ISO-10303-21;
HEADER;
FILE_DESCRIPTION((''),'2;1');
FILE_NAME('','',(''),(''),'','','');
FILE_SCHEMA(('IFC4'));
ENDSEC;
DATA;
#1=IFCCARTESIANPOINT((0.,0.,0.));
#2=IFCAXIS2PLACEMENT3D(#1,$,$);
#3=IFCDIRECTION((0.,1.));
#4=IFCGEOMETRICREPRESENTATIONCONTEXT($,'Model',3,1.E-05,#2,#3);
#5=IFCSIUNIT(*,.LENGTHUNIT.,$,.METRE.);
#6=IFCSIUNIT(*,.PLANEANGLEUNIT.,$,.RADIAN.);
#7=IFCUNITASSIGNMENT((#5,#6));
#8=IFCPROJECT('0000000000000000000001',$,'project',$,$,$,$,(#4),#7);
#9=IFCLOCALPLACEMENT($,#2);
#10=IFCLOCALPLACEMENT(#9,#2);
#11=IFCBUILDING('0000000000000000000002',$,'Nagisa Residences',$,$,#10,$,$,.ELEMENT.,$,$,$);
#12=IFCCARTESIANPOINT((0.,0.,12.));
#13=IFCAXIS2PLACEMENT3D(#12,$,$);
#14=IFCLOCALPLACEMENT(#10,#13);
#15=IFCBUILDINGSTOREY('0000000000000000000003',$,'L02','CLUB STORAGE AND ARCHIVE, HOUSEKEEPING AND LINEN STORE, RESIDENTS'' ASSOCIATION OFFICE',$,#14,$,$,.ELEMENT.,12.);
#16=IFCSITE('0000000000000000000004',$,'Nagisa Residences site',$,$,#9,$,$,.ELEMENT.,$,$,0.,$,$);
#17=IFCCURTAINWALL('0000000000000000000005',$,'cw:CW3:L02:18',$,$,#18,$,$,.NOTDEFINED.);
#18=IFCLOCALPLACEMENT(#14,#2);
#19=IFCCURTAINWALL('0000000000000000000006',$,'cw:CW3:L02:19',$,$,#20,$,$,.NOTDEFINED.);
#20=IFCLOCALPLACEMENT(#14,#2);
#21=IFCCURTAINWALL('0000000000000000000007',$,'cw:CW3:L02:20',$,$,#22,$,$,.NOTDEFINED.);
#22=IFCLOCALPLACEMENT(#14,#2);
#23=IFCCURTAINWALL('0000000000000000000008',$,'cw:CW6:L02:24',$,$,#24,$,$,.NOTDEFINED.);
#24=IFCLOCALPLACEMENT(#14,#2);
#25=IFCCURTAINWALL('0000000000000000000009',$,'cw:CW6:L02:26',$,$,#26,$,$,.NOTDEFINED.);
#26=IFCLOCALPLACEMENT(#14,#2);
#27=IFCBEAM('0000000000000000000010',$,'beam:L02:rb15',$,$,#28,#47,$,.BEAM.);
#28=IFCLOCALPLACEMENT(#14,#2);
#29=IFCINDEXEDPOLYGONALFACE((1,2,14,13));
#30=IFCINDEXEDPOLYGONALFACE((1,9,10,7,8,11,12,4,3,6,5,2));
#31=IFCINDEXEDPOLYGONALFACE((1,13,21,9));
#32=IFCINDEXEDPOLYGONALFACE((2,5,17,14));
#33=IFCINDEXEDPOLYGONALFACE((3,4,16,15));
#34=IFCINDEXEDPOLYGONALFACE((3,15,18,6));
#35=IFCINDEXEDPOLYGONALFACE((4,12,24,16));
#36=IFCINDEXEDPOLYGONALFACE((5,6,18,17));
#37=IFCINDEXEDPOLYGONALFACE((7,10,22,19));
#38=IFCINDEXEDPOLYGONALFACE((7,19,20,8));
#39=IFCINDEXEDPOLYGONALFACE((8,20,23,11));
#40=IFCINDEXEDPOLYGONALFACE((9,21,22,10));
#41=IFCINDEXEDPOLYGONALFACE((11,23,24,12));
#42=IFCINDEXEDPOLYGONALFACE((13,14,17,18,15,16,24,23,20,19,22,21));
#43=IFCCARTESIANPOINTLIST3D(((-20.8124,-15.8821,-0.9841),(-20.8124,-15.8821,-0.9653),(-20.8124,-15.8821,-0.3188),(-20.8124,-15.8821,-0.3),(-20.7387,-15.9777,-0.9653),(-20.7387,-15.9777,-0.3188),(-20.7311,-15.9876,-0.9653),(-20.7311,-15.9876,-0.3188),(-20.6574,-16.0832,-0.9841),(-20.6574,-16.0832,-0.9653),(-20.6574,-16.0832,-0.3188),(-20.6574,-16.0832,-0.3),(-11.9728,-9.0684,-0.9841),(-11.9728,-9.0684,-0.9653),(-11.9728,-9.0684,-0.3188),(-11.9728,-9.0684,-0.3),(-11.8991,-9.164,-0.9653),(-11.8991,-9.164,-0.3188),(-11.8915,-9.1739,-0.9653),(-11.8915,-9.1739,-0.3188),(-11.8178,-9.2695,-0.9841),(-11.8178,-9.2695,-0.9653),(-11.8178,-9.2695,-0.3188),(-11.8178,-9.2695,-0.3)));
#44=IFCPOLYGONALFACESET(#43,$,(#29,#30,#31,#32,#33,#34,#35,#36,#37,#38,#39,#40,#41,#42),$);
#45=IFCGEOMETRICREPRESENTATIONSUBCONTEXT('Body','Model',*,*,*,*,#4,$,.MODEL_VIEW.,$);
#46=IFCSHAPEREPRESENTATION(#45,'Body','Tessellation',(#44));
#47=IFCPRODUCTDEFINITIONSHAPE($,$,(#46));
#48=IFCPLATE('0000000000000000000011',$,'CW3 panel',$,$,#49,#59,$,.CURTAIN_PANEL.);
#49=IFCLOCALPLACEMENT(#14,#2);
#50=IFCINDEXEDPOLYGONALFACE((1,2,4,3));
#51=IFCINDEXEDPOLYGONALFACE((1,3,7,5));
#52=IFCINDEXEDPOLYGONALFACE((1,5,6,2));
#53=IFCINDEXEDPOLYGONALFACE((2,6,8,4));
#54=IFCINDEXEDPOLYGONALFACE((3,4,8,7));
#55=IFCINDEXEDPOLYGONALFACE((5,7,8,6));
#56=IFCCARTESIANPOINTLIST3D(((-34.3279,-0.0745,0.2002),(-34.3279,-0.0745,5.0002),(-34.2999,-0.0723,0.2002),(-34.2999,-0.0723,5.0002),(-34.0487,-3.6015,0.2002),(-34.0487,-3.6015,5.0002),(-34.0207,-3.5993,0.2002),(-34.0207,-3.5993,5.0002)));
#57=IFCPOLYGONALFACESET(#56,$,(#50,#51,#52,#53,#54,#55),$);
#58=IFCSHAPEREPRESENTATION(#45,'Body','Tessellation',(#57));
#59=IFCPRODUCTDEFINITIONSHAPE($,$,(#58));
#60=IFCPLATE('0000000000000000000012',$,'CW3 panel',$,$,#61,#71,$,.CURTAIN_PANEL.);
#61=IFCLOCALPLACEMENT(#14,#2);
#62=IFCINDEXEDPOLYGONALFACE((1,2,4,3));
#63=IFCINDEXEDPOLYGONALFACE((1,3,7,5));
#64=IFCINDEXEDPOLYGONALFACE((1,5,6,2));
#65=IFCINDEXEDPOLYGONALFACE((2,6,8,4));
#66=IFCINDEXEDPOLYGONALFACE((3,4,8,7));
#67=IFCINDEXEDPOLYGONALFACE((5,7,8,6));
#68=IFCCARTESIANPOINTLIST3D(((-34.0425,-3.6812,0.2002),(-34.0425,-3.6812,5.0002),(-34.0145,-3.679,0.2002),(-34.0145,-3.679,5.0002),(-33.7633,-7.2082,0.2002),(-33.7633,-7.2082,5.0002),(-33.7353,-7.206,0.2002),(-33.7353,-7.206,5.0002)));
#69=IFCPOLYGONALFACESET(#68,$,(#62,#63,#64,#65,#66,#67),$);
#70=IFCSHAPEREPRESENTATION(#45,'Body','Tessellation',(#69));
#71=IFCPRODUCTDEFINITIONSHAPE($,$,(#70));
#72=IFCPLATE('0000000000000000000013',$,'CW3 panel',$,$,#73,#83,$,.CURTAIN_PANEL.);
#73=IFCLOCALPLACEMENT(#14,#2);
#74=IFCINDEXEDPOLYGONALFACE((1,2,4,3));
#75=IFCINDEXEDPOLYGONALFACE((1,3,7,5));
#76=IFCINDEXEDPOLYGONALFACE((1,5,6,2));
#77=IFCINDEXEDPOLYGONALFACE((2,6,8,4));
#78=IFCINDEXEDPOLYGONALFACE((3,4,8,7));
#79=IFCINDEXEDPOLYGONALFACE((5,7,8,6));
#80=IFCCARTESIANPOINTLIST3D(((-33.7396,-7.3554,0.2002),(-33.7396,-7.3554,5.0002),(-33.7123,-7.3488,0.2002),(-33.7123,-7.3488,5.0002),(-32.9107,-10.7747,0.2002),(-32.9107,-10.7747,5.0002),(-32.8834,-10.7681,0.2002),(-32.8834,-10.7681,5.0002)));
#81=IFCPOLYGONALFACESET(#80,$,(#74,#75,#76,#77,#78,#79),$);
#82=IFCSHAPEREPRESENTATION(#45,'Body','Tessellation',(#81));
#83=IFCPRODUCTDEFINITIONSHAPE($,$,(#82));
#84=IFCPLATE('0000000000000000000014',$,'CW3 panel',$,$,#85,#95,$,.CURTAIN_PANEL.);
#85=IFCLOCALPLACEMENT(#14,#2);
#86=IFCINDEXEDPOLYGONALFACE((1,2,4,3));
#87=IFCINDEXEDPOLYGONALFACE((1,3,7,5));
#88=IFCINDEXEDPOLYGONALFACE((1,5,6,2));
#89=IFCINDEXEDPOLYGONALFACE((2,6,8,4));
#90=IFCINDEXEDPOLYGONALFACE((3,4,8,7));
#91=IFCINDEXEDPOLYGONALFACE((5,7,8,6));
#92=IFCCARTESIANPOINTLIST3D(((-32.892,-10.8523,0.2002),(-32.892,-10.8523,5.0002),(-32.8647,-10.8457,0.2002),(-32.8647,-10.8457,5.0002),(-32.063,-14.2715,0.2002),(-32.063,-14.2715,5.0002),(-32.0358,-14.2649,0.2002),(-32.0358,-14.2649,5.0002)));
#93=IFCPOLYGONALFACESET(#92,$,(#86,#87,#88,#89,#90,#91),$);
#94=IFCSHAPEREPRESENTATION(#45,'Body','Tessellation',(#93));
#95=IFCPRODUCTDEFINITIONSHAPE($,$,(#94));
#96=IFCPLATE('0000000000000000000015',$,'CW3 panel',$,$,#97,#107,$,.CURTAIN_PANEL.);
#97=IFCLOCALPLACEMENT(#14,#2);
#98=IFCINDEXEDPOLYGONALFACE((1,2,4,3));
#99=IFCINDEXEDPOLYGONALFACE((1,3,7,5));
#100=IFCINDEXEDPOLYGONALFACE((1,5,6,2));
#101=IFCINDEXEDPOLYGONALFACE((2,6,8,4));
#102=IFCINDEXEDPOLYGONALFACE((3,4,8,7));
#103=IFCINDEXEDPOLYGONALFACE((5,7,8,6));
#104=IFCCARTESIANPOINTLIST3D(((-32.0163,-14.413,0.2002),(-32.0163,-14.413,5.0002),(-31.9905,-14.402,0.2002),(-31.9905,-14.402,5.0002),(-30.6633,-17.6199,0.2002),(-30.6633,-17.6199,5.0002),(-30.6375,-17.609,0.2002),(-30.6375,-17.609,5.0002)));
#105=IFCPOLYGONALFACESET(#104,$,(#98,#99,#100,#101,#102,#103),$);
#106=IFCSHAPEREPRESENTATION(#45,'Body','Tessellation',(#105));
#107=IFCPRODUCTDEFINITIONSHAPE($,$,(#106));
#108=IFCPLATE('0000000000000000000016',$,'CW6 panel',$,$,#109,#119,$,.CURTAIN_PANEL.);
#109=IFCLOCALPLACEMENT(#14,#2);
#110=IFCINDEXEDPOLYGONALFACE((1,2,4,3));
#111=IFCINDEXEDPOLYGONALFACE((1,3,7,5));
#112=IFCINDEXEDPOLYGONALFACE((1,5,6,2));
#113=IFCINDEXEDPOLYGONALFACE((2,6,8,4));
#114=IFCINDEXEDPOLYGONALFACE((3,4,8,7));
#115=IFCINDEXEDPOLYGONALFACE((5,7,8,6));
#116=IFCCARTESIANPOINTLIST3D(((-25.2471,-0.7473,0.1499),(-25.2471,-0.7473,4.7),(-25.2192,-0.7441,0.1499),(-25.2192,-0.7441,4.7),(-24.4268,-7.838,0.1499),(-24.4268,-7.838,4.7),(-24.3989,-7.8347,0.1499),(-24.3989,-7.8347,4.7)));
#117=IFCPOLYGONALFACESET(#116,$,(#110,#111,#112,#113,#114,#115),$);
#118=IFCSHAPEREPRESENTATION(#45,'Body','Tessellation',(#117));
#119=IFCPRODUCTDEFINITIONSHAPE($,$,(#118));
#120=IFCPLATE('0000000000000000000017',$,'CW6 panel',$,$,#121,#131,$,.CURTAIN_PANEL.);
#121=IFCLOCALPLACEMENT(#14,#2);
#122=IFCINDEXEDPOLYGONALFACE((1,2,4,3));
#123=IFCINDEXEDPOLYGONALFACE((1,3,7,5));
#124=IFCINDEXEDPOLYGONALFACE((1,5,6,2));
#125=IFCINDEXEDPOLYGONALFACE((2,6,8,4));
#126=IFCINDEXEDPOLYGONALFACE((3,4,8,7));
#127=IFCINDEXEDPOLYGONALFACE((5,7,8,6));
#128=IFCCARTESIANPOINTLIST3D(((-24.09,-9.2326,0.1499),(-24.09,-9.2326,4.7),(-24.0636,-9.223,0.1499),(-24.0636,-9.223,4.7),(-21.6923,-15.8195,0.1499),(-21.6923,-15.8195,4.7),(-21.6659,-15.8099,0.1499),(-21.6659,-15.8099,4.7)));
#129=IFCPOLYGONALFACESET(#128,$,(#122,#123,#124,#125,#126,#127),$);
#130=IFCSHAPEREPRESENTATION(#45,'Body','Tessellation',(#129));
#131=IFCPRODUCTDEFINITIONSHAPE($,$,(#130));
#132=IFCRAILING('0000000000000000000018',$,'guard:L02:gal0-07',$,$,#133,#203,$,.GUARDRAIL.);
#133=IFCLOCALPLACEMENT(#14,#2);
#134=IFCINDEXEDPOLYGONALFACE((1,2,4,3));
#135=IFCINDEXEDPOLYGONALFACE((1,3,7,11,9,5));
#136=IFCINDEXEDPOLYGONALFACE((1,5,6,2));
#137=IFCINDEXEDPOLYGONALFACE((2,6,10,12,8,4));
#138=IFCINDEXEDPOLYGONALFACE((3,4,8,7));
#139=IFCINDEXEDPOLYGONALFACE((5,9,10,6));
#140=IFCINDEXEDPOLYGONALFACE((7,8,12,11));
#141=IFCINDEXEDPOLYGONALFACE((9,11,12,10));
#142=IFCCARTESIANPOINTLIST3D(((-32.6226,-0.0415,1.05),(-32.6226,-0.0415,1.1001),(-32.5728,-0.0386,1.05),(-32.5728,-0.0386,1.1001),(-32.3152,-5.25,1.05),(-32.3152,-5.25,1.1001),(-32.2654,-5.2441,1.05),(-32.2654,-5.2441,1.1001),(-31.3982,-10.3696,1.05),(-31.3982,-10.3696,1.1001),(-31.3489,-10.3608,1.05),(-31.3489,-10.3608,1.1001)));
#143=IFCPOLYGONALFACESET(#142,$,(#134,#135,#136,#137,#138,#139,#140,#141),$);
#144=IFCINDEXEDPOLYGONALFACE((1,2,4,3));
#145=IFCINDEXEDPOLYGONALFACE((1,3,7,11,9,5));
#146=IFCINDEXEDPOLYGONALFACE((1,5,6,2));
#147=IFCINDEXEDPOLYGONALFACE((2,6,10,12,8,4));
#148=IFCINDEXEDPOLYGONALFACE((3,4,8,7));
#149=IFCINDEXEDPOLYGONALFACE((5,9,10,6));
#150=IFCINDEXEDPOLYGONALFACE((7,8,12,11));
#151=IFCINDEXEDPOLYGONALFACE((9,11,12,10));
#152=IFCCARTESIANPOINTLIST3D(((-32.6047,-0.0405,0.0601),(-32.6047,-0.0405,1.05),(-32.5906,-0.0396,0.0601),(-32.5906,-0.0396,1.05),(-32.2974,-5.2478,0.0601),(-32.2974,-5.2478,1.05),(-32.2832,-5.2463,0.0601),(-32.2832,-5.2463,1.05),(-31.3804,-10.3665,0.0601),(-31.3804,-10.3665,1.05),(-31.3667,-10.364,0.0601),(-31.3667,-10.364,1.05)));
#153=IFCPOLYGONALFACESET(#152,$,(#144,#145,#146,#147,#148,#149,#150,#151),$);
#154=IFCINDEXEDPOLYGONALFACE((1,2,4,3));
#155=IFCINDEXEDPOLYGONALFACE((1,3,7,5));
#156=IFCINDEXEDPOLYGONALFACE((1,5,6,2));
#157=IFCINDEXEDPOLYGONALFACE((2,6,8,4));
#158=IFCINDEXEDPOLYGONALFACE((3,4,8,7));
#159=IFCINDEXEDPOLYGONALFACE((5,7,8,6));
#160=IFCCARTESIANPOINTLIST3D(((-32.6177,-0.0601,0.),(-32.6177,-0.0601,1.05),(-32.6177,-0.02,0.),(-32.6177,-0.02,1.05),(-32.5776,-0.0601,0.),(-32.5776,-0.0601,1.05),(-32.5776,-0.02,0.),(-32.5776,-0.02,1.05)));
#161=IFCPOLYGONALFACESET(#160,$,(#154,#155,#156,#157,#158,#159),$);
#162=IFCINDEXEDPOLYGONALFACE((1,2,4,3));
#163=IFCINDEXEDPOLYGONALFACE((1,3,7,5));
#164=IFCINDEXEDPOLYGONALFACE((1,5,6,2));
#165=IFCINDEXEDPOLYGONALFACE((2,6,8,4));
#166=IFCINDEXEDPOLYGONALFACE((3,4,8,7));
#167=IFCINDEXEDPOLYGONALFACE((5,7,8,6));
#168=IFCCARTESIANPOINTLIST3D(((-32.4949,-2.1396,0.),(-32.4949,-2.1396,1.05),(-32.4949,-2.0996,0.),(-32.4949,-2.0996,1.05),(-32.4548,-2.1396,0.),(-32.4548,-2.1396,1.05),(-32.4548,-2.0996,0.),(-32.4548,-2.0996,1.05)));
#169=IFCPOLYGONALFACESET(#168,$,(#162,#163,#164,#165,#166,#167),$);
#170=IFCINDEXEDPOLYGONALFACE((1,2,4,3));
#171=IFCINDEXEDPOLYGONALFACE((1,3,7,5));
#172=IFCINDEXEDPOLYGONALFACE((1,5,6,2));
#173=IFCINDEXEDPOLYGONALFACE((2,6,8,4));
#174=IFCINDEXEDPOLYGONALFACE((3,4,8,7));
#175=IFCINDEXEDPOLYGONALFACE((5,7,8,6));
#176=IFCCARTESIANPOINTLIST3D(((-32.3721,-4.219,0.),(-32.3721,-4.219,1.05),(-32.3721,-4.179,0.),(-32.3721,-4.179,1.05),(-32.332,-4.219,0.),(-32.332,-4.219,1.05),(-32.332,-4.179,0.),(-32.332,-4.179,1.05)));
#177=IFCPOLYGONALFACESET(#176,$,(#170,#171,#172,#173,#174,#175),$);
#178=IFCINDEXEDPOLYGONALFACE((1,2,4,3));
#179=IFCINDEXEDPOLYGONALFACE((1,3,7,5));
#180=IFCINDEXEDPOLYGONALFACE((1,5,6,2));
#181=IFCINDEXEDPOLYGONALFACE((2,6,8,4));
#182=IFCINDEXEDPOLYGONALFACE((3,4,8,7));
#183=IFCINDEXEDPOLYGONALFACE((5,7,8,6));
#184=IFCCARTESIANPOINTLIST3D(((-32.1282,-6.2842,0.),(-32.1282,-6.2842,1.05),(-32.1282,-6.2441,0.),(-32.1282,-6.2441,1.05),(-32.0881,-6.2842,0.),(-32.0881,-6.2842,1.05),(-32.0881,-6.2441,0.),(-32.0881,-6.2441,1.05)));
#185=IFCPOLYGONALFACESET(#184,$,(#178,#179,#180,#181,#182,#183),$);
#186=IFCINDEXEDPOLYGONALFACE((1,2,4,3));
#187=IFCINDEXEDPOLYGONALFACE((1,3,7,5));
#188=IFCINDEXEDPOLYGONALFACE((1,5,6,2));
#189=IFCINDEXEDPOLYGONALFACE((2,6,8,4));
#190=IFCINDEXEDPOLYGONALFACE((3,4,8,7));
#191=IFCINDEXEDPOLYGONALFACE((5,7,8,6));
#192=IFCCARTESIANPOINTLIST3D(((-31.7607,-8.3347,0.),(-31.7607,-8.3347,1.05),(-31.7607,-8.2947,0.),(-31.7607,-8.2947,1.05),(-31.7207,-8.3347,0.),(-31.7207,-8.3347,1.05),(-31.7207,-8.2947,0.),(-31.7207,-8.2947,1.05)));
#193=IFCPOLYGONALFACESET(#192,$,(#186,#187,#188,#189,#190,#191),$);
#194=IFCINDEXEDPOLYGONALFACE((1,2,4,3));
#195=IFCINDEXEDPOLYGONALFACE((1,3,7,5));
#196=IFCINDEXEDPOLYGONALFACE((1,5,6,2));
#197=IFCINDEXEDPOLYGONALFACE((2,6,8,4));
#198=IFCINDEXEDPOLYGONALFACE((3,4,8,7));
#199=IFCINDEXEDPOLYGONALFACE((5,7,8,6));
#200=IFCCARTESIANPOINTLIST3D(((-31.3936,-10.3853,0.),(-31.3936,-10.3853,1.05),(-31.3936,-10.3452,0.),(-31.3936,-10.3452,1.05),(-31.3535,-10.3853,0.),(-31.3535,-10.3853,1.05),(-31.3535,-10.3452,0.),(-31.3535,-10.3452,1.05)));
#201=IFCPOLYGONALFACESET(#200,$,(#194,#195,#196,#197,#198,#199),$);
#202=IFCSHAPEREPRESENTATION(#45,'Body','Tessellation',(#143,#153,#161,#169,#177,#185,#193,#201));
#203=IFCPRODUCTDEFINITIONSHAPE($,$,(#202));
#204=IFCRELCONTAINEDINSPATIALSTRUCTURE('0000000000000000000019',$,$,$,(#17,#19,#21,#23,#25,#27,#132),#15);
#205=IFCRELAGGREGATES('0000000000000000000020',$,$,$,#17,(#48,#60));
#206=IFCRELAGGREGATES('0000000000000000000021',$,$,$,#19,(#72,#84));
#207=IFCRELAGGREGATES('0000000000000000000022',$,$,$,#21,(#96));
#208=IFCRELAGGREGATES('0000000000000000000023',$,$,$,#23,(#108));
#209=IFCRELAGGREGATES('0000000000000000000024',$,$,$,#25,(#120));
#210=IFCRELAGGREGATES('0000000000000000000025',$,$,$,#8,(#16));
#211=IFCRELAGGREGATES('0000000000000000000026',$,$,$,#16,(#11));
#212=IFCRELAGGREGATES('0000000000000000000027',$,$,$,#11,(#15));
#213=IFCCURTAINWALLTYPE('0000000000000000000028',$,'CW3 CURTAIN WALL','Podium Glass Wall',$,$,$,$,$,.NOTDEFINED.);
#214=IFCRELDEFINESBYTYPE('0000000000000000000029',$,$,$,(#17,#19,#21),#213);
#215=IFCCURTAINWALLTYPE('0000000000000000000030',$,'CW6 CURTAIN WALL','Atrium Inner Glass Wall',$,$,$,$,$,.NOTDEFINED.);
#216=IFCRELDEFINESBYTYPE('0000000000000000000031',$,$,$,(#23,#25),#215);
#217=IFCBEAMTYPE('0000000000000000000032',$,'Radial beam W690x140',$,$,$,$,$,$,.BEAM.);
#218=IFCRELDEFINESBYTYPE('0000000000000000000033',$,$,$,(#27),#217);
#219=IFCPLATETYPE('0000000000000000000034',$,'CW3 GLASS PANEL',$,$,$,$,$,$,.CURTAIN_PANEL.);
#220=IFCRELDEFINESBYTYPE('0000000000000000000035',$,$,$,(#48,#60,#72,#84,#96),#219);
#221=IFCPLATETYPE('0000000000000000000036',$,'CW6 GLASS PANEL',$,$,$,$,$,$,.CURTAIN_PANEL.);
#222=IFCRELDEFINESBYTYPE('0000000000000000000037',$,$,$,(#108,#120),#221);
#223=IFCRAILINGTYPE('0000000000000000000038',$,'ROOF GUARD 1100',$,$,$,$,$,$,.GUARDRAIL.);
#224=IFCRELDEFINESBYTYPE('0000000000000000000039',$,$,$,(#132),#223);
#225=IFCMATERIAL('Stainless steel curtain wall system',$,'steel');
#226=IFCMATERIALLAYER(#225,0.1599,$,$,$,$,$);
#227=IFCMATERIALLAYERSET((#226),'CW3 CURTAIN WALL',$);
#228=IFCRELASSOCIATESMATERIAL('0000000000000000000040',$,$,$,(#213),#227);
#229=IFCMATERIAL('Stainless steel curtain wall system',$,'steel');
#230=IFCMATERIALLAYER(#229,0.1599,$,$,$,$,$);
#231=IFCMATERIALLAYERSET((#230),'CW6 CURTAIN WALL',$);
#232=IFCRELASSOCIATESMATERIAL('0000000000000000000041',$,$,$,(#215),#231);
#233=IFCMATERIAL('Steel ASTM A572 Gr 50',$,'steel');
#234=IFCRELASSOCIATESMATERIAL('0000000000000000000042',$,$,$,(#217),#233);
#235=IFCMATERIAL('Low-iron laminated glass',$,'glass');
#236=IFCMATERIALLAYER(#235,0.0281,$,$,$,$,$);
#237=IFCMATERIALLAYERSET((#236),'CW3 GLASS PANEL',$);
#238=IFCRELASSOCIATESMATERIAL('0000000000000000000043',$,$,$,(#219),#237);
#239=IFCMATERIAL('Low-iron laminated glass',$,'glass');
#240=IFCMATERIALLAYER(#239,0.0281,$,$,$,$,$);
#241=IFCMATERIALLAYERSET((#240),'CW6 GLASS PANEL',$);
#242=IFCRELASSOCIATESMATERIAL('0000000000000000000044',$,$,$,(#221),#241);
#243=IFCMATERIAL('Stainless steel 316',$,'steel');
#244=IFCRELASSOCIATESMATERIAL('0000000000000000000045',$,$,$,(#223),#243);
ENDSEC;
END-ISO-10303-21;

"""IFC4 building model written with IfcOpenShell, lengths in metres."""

from ifc_helpers import new_model, si_unit, direction, frame, origin, origin_2d, place, context, subcontext, project, spatial, polyline, rectangle, i_section, outline, extrude, material, layer, layer_set, material_profile, profile_set, type_object, element, aggregate, save


model = new_model("IFC4")

# Units and contexts
model_context = context("Model", 3, precision=1e-05, world=origin(), true_north=direction((0.0, 1.0)))
body_context = subcontext(model_context, "Body", "Model", "MODEL_VIEW")
ifc_project = project(units=[si_unit("LENGTHUNIT", "METRE"), si_unit("PLANEANGLEUNIT", "RADIAN")], contexts=[model_context])

# Site, building, storey
site_placement = place(None, origin())
site = spatial("IfcSite", under=ifc_project, at=site_placement, Name="Nagisa Residences site", CompositionType="ELEMENT", RefElevation=0.0)
building_placement = place(site_placement, origin())
building = spatial("IfcBuilding", under=site, at=building_placement, Name="Nagisa Residences", CompositionType="ELEMENT")
storey_placement = place(building_placement, frame((0.0, 0.0, 12.0)))
storey = spatial("IfcBuildingStorey", under=building, at=storey_placement, Name="L02", Description="CLUB STORAGE AND ARCHIVE, HOUSEKEEPING AND LINEN STORE, RESIDENTS' ASSOCIATION OFFICE", CompositionType="ELEMENT", Elevation=12.0)

# Curtain walls
ifc_material_1 = material(Name="Stainless steel curtain wall system", Category="steel")
ifc_layer_1 = layer(ifc_material_1, 0.1599)
ifc_layer_set_1 = layer_set([ifc_layer_1], Name="CW3 CURTAIN WALL")
curtain_wall_type_1 = type_object("IfcCurtainWallType", Name="CW3 CURTAIN WALL", Description="Podium Glass Wall", PredefinedType="NOTDEFINED", material=ifc_layer_set_1)
curtain_wall_1_placement = place(storey_placement, origin())
curtain_wall_1 = element("IfcCurtainWall", 1, at=curtain_wall_1_placement, inside=storey, type_object=curtain_wall_type_1, Name="cw:CW3:L02:18", PredefinedType="NOTDEFINED")
curtain_wall_2_placement = place(storey_placement, origin())
curtain_wall_2 = element("IfcCurtainWall", 2, at=curtain_wall_2_placement, inside=storey, type_object=curtain_wall_type_1, Name="cw:CW3:L02:19", PredefinedType="NOTDEFINED")

# Curtain wall
curtain_wall_3_placement = place(storey_placement, origin())
curtain_wall_3 = element("IfcCurtainWall", 3, at=curtain_wall_3_placement, inside=storey, type_object=curtain_wall_type_1, Name="cw:CW3:L02:20", PredefinedType="NOTDEFINED")

# Curtain walls
ifc_material_2 = material(Name="Stainless steel curtain wall system", Category="steel")
ifc_layer_2 = layer(ifc_material_2, 0.1599)
ifc_layer_set_2 = layer_set([ifc_layer_2], Name="CW6 CURTAIN WALL")
curtain_wall_type_2 = type_object("IfcCurtainWallType", Name="CW6 CURTAIN WALL", Description="Atrium Inner Glass Wall", PredefinedType="NOTDEFINED", material=ifc_layer_set_2)
curtain_wall_4_placement = place(storey_placement, origin())
curtain_wall_4 = element("IfcCurtainWall", 4, at=curtain_wall_4_placement, inside=storey, type_object=curtain_wall_type_2, Name="cw:CW6:L02:24", PredefinedType="NOTDEFINED")
curtain_wall_5_placement = place(storey_placement, origin())
curtain_wall_5 = element("IfcCurtainWall", 5, at=curtain_wall_5_placement, inside=storey, type_object=curtain_wall_type_2, Name="cw:CW6:L02:26", PredefinedType="NOTDEFINED")

# Beam
ifc_material_3 = material(Name="Steel ASTM A572 Gr 50", Category="steel")
ifc_material_profile_1 = material_profile(ifc_material_3, i_section(OverallWidth=0.2539, OverallDepth=0.6841, WebThickness=0.0125, FlangeThickness=0.0188, at=origin_2d()), Name="W690x140")
ifc_profile_set_1 = profile_set([ifc_material_profile_1], Name="Steel ASTM A572 Gr 50")
beam_type_1 = type_object("IfcBeamType", Name="Radial beam W690x140", PredefinedType="BEAM", material=ifc_profile_set_1)
beam_1_placement = place(storey_placement, frame((-20.7349, -15.9827, -0.6421), z_axis=(0.792016, 0.6105, 0.0), x_axis=(-0.6105, 0.792016, 0.0)))
element("IfcBeam", 6, at=beam_1_placement, inside=storey, type_object=beam_type_1, Name="beam:L02:rb15", PredefinedType="BEAM", context=body_context, shape_type="SweptSolid", body=[
    extrude(i_section(OverallWidth=0.2539, OverallDepth=0.6841, WebThickness=0.0125, FlangeThickness=0.0188, at=origin_2d()), origin(), (0.0, 0.0, 1.0), 11.1609),
])

# Plates
ifc_material_4 = material(Name="Low-iron laminated glass", Category="glass")
ifc_layer_3 = layer(ifc_material_4, 0.0281)
ifc_layer_set_3 = layer_set([ifc_layer_3], Name="CW3 GLASS PANEL")
plate_type_1 = type_object("IfcPlateType", Name="CW3 GLASS PANEL", PredefinedType="CURTAIN_PANEL", material=ifc_layer_set_3)
plate_1_placement = place(storey_placement, frame((-34.1743, -1.8369, 0.2002), z_axis=(0.0, 0.0, 1.0), x_axis=(0.07891, -0.996882, 0.0)))
plate_1 = element("IfcPlate", 7, at=plate_1_placement, type_object=plate_type_1, Name="CW3 panel", PredefinedType="CURTAIN_PANEL", context=body_context, shape_type="SweptSolid", body=[
    extrude(rectangle(XDim=3.5381, YDim=0.0281, at=origin_2d()), origin(), (0.0, 0.0, 1.0), 4.8),
])
plate_2_placement = place(storey_placement, frame((-33.8889, -5.4436, 0.2002), z_axis=(0.0, 0.0, 1.0), x_axis=(0.07891, -0.996882, 0.0)))
plate_2 = element("IfcPlate", 8, at=plate_2_placement, type_object=plate_type_1, Name="CW3 panel", PredefinedType="CURTAIN_PANEL", context=body_context, shape_type="SweptSolid", body=[
    extrude(rectangle(XDim=3.5381, YDim=0.0281, at=origin_2d()), origin(), (0.0, 0.0, 1.0), 4.8),
])
aggregate(curtain_wall_1, [plate_1, plate_2])
plate_3_placement = place(storey_placement, frame((-33.3115, -9.0618, 0.2002), z_axis=(0.0, 0.0, 1.0), x_axis=(0.235606, -0.971849, 0.0)))
plate_3 = element("IfcPlate", 9, at=plate_3_placement, type_object=plate_type_1, Name="CW3 panel", PredefinedType="CURTAIN_PANEL", context=body_context, shape_type="SweptSolid", body=[
    extrude(rectangle(XDim=3.5183, YDim=0.0281, at=origin_2d()), origin(), (0.0, 0.0, 1.0), 4.8),
])
plate_4_placement = place(storey_placement, frame((-32.4639, -12.5586, 0.2002), z_axis=(0.0, 0.0, 1.0), x_axis=(0.235606, -0.971849, 0.0)))
plate_4 = element("IfcPlate", 10, at=plate_4_placement, type_object=plate_type_1, Name="CW3 panel", PredefinedType="CURTAIN_PANEL", context=body_context, shape_type="SweptSolid", body=[
    extrude(rectangle(XDim=3.5183, YDim=0.0281, at=origin_2d()), origin(), (0.0, 0.0, 1.0), 4.8),
])
aggregate(curtain_wall_2, [plate_3, plate_4])
plate_5_placement = place(storey_placement, frame((-31.3269, -16.011, 0.2002), z_axis=(0.0, 0.0, 1.0), x_axis=(0.388718, -0.921357, 0.0)))
plate_5 = element("IfcPlate", 11, at=plate_5_placement, type_object=plate_type_1, Name="CW3 panel", PredefinedType="CURTAIN_PANEL", context=body_context, shape_type="SweptSolid", body=[
    extrude(rectangle(XDim=3.4807, YDim=0.0281, at=origin_2d()), origin(), (0.0, 0.0, 1.0), 4.8),
])
aggregate(curtain_wall_3, [plate_5])
ifc_material_5 = material(Name="Low-iron laminated glass", Category="glass")
ifc_layer_4 = layer(ifc_material_5, 0.0281)
ifc_layer_set_4 = layer_set([ifc_layer_4], Name="CW6 GLASS PANEL")
plate_type_2 = type_object("IfcPlateType", Name="CW6 GLASS PANEL", PredefinedType="CURTAIN_PANEL", material=ifc_layer_set_4)
plate_6_placement = place(storey_placement, frame((-24.823, -4.291, 0.1499), z_axis=(0.0, 0.0, 1.0), x_axis=(0.114928, -0.993374, 0.0)))
plate_6 = element("IfcPlate", 12, at=plate_6_placement, type_object=plate_type_2, Name="CW6 panel", PredefinedType="CURTAIN_PANEL", context=body_context, shape_type="SweptSolid", body=[
    extrude(rectangle(XDim=7.1379, YDim=0.0281, at=origin_2d()), origin(), (0.0, 0.0, 1.0), 4.55),
])
aggregate(curtain_wall_4, [plate_6])
plate_7_placement = place(storey_placement, frame((-22.8779, -12.5212, 0.1499), z_axis=(0.0, 0.0, 1.0), x_axis=(0.34205, -0.939682, 0.0)))
plate_7 = element("IfcPlate", 13, at=plate_7_placement, type_object=plate_type_2, Name="CW6 panel", PredefinedType="CURTAIN_PANEL", context=body_context, shape_type="SweptSolid", body=[
    extrude(rectangle(XDim=7.0098, YDim=0.0281, at=origin_2d()), origin(), (0.0, 0.0, 1.0), 4.55),
])
aggregate(curtain_wall_5, [plate_7])

# Railing
ifc_material_6 = material(Name="Stainless steel 316", Category="steel")
railing_type = type_object("IfcRailingType", Name="ROOF GUARD 1100", PredefinedType="GUARDRAIL", material=ifc_material_6)
railing_1_placement = place(storey_placement, frame((-32.5977, -0.04, 0.0)))
element("IfcRailing", 14, at=railing_1_placement, inside=storey, type_object=railing_type, Name="guard:L02:gal0-07", PredefinedType="GUARDRAIL", context=body_context, shape_type="SweptSolid", body=[
    extrude(outline(polyline([(0.3323, -5.2041), (0.0249, 0.0015), (-0.0249, -0.0015), (0.2825, -5.21), (1.1995, -10.3296), (1.2488, -10.3208), (0.3323, -5.2041)])), frame((0.0, 0.0, 1.05)), (0.0, 0.0, 1.0), 0.05),
    extrude(outline(polyline([(0.3145, -5.2063), (0.0071, 0.0005), (-0.0071, -0.0005), (0.3003, -5.2078), (1.2173, -10.3264), (1.231, -10.324), (0.3145, -5.2063)])), frame((0.0, 0.0, 0.0601)), (0.0, 0.0, 1.0), 0.99),
    extrude(rectangle(XDim=0.04, YDim=0.04, at=origin_2d()), origin(), (0.0, 0.0, 1.0), 1.05),
    extrude(rectangle(XDim=0.04, YDim=0.04, at=origin_2d()), frame((0.1228, -2.0796, 0.0)), (0.0, 0.0, 1.0), 1.05),
    extrude(rectangle(XDim=0.04, YDim=0.04, at=origin_2d()), frame((0.2456, -4.1589, 0.0)), (0.0, 0.0, 1.0), 1.05),
    extrude(rectangle(XDim=0.04, YDim=0.04, at=origin_2d()), frame((0.4895, -6.2241, 0.0)), (0.0, 0.0, 1.0), 1.05),
    extrude(rectangle(XDim=0.04, YDim=0.04, at=origin_2d()), frame((0.8569, -8.2747, 0.0)), (0.0, 0.0, 1.0), 1.05),
    extrude(rectangle(XDim=0.04, YDim=0.04, at=origin_2d()), frame((1.2241, -10.3252, 0.0)), (0.0, 0.0, 1.0), 1.05),
])

save(model, "model.ifc")
